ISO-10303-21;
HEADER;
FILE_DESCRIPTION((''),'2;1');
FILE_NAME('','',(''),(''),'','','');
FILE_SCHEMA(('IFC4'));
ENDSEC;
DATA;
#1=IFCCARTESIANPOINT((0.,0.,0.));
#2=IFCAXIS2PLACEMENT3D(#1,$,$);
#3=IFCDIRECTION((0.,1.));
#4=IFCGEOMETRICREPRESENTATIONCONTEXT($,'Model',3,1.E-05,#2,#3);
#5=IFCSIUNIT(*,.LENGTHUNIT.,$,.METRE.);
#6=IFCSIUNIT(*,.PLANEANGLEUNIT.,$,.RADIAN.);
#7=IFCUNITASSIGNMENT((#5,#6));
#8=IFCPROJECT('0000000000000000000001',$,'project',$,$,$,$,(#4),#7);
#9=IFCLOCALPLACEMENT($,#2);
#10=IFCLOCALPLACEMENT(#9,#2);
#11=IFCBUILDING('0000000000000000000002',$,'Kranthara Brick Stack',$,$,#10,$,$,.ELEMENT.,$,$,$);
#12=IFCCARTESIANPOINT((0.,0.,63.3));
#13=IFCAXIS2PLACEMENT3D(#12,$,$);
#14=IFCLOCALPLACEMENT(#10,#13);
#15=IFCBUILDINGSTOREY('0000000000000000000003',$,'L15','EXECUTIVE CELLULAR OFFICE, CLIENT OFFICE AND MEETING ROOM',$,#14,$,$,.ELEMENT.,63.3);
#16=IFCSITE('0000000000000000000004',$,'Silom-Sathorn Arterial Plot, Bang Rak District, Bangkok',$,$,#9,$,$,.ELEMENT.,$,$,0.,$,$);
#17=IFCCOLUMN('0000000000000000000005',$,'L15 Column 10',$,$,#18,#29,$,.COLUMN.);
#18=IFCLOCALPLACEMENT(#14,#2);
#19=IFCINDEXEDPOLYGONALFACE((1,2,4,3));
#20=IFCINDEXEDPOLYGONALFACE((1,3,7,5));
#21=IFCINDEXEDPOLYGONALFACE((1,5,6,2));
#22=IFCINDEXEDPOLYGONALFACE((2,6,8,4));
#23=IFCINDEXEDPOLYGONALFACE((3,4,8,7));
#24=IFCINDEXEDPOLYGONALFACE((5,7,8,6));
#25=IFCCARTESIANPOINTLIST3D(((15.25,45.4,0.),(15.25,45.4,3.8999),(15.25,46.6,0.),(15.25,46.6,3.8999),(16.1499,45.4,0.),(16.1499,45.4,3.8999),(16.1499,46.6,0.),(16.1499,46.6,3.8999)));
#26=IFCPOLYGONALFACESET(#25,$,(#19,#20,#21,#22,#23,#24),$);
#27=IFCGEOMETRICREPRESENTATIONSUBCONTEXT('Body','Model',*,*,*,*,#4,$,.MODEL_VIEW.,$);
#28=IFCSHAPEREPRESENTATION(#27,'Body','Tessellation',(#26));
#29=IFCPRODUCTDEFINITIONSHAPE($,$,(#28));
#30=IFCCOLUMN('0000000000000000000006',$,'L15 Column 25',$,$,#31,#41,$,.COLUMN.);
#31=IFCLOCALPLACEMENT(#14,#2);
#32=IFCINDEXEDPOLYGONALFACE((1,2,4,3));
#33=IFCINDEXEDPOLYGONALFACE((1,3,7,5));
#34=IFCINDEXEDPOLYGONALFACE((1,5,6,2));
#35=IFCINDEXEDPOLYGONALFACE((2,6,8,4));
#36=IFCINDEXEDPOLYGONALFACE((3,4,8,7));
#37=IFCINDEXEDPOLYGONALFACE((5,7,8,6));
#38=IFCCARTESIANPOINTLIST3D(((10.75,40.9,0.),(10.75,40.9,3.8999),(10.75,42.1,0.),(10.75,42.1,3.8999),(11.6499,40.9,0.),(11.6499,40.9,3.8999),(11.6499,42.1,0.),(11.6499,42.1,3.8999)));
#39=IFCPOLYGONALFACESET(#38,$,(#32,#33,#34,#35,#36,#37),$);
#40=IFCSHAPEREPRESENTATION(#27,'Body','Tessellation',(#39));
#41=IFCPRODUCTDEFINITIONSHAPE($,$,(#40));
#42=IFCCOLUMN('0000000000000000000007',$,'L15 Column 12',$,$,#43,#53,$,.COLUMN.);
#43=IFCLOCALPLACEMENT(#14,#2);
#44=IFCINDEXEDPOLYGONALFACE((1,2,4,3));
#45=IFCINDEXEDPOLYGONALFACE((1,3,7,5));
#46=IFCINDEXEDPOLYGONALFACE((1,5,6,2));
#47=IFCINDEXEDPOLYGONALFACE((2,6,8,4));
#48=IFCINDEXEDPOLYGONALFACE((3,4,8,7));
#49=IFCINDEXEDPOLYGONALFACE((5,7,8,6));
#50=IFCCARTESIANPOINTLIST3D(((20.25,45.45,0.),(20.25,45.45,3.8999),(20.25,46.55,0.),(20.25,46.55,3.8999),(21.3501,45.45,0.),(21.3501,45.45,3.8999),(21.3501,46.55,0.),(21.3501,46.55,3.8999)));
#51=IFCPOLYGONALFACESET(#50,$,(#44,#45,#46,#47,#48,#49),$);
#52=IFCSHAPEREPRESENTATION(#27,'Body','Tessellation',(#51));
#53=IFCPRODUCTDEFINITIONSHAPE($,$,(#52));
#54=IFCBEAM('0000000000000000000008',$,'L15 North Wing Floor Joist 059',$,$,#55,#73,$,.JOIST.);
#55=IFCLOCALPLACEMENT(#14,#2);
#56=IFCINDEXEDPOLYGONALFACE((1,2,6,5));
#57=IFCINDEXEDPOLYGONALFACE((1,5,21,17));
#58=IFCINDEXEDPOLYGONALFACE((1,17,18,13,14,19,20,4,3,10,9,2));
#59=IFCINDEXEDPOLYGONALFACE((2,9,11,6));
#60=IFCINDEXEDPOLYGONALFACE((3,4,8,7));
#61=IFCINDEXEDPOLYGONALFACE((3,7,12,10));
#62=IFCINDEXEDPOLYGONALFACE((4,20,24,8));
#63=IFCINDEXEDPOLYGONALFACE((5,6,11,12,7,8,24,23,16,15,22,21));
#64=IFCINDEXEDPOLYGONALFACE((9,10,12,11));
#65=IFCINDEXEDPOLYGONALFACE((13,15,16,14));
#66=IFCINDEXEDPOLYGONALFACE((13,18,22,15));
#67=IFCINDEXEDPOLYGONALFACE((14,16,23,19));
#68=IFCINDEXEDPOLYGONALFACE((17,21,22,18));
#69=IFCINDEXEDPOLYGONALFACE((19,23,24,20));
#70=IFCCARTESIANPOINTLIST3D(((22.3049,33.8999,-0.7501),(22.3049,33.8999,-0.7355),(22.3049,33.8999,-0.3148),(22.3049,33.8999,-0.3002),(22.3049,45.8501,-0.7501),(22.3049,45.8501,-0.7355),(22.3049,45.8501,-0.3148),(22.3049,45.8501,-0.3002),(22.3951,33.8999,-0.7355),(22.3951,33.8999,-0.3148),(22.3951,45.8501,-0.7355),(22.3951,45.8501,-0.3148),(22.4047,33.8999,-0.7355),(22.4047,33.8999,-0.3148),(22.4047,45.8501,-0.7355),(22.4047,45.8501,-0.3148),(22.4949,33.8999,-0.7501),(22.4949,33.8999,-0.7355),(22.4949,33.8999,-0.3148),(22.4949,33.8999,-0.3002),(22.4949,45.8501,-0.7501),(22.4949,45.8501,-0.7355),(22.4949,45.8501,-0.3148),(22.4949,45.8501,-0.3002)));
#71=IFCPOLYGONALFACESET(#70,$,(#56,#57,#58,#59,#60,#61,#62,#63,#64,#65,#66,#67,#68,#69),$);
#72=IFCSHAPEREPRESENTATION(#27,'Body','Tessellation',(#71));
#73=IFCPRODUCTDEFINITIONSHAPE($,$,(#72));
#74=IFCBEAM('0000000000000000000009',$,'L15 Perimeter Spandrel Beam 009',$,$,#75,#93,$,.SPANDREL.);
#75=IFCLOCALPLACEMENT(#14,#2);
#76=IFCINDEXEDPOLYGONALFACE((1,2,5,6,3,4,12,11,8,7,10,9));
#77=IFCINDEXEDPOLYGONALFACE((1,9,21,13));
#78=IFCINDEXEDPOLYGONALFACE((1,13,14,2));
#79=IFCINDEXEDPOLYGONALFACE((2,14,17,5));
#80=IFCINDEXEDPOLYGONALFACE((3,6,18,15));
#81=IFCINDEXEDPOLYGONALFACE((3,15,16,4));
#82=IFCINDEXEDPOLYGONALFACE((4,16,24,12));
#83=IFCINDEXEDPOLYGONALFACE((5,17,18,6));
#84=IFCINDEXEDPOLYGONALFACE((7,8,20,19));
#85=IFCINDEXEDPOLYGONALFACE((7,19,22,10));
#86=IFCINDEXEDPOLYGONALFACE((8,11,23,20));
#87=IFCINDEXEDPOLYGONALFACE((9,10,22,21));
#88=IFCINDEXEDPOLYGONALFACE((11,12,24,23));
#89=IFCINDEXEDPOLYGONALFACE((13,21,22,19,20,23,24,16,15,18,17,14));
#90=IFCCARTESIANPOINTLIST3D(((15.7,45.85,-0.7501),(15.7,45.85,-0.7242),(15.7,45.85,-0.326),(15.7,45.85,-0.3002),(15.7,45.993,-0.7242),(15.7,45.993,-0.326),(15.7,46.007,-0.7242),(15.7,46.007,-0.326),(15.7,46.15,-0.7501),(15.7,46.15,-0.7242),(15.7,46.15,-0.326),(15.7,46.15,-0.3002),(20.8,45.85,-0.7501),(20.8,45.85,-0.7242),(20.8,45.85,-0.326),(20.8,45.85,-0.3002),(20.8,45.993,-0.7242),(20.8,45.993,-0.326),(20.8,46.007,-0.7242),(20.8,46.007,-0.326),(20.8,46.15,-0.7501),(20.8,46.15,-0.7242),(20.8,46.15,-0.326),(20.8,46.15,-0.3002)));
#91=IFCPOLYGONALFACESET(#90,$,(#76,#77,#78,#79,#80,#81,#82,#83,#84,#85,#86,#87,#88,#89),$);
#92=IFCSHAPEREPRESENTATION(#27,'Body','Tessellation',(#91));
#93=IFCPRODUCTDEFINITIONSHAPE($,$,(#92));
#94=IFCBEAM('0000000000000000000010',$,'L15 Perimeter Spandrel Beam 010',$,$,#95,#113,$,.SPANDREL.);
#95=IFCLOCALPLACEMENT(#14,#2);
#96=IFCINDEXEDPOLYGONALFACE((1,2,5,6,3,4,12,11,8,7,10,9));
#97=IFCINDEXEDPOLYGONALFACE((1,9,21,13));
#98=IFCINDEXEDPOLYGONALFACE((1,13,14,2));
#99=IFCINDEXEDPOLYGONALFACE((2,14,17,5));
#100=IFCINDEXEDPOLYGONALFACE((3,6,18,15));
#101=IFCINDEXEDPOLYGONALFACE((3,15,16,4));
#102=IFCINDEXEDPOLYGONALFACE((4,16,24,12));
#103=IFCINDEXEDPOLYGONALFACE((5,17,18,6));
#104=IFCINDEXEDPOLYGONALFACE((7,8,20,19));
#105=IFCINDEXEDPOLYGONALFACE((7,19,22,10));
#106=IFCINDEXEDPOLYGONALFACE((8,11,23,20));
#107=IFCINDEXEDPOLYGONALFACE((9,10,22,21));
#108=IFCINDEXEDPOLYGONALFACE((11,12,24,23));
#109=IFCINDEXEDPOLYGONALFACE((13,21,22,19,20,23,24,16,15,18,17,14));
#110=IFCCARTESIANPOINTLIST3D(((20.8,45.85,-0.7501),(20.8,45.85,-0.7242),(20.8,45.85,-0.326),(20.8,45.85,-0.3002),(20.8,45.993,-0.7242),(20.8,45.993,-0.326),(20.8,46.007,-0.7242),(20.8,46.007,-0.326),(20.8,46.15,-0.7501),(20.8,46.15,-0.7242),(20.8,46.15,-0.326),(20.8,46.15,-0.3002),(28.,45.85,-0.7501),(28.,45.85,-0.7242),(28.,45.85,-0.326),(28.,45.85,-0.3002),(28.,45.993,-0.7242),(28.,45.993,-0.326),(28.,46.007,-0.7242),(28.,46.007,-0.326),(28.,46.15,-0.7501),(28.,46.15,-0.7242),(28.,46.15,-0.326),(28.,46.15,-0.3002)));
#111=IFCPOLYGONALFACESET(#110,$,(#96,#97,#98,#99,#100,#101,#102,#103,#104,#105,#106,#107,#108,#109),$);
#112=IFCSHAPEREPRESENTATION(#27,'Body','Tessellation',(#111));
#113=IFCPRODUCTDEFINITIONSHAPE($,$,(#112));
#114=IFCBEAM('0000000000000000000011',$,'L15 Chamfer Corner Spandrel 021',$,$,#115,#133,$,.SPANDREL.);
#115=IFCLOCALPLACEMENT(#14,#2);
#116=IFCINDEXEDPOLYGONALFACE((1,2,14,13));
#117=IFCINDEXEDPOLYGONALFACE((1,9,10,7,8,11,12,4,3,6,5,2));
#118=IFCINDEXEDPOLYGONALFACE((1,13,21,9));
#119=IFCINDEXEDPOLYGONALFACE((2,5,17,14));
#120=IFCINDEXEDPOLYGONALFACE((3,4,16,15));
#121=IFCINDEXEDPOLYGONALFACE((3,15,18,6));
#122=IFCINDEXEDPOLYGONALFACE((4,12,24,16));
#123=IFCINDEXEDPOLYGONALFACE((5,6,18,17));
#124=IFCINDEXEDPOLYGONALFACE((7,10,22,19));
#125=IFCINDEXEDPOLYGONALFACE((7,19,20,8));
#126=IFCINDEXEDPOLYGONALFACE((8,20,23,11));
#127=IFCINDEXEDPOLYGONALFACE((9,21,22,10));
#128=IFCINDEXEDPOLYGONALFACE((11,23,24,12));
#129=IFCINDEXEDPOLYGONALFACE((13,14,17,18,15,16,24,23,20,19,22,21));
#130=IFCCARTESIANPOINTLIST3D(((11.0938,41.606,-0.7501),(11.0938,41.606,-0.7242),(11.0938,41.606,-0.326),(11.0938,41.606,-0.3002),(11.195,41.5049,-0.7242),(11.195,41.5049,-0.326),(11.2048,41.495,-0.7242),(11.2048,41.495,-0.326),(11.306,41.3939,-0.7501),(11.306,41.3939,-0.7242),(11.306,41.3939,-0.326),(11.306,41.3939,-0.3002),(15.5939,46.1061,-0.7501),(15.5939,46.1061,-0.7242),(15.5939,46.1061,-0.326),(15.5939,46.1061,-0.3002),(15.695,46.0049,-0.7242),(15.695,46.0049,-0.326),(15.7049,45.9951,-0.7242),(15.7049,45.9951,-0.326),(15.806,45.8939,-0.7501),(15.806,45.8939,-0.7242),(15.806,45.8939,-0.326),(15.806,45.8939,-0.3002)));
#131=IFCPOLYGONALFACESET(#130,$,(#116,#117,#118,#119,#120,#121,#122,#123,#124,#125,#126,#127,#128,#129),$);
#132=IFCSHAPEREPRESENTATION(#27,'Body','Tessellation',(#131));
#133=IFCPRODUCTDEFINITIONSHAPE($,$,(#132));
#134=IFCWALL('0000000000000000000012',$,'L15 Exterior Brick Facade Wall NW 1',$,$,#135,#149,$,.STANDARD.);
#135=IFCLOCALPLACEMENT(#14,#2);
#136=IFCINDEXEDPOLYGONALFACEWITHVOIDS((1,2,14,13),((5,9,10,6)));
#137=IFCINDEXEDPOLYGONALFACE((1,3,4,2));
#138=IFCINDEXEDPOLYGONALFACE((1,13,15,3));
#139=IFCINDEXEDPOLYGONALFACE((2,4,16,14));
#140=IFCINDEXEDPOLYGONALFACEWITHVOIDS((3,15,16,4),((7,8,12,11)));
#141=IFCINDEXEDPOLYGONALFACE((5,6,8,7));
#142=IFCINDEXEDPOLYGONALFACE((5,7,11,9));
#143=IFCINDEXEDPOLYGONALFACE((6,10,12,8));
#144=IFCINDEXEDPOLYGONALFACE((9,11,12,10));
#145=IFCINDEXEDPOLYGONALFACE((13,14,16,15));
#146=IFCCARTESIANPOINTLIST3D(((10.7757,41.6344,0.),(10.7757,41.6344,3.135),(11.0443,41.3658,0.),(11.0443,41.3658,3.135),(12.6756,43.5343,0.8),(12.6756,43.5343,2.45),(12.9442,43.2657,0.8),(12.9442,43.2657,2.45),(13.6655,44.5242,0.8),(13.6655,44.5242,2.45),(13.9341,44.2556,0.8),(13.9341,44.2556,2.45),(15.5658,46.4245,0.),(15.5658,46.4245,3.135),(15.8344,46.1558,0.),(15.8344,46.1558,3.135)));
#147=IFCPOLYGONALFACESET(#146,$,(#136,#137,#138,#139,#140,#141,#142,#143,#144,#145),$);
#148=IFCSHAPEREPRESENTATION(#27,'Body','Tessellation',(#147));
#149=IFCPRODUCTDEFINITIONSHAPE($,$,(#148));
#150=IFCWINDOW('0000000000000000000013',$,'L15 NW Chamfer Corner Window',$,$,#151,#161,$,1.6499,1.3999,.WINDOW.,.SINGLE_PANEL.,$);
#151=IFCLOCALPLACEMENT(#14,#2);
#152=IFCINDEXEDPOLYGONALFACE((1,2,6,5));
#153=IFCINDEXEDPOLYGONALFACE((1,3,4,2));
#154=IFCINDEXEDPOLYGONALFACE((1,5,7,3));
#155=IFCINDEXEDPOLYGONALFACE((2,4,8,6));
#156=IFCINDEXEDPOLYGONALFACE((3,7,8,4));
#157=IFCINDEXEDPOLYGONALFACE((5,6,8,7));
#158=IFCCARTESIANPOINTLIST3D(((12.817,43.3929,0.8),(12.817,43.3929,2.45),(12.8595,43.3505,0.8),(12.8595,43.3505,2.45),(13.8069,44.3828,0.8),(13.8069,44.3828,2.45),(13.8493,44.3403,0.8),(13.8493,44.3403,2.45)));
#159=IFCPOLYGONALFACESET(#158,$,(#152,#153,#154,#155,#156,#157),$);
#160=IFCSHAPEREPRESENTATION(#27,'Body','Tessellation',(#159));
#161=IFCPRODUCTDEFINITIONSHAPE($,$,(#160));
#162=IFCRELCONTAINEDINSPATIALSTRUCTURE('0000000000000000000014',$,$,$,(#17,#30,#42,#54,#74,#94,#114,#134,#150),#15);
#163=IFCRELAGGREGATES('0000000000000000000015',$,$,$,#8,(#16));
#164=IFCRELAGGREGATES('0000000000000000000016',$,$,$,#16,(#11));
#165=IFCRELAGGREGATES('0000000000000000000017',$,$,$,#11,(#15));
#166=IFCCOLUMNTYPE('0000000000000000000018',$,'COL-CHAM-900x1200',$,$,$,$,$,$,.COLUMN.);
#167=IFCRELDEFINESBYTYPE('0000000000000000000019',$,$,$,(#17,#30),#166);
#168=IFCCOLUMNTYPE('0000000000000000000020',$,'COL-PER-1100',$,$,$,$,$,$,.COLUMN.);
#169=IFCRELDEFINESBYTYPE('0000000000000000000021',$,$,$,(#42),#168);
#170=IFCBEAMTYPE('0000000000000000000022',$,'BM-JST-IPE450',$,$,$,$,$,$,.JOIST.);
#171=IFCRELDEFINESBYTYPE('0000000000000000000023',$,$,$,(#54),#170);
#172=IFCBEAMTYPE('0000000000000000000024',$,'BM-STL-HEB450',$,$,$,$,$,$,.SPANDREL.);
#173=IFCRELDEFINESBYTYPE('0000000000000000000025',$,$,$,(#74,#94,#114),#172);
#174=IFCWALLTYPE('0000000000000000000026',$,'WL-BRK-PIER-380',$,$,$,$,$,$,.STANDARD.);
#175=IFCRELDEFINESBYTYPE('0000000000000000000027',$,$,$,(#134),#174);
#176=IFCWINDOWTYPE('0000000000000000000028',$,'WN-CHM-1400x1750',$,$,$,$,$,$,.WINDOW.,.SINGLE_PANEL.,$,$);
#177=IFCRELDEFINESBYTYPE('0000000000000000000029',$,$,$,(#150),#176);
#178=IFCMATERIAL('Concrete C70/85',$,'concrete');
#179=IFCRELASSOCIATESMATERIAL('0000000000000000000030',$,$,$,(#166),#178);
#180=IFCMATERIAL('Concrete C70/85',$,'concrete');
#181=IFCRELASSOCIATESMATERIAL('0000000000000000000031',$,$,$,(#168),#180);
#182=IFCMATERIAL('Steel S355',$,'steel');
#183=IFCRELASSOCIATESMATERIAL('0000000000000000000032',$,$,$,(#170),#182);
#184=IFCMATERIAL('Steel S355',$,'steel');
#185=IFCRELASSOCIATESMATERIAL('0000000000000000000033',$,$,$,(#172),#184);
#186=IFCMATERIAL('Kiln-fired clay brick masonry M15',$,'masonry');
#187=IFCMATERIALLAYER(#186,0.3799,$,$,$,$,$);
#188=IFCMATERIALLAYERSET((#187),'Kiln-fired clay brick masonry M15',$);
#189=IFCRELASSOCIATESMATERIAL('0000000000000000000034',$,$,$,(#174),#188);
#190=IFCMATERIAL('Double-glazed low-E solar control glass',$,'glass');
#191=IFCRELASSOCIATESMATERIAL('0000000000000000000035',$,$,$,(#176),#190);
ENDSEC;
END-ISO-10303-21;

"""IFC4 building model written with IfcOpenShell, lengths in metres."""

from ifc_helpers import new_model, si_unit, direction, frame, frame_2d, origin, origin_2d, place, context, subcontext, project, spatial, rectangle, i_section, extrude, material, layer, layer_set, material_profile, profile_set, type_object, element, fill, save


model = new_model("IFC4")

# Units and contexts
model_context = context("Model", 3, precision=1e-05, world=origin(), true_north=direction((0.0, 1.0)))
body_context = subcontext(model_context, "Body", "Model", "MODEL_VIEW")
ifc_project = project(units=[si_unit("LENGTHUNIT", "METRE"), si_unit("PLANEANGLEUNIT", "RADIAN")], contexts=[model_context])

# Site, building, storey
site_placement = place(None, origin())
site = spatial("IfcSite", under=ifc_project, at=site_placement, Name="Silom-Sathorn Arterial Plot, Bang Rak District, Bangkok", CompositionType="ELEMENT", RefElevation=0.0)
building_placement = place(site_placement, origin())
building = spatial("IfcBuilding", under=site, at=building_placement, Name="Kranthara Brick Stack", CompositionType="ELEMENT")
storey_placement = place(building_placement, frame((0.0, 0.0, 63.3)))
storey = spatial("IfcBuildingStorey", under=building, at=storey_placement, Name="L15", Description="EXECUTIVE CELLULAR OFFICE, CLIENT OFFICE AND MEETING ROOM", CompositionType="ELEMENT", Elevation=63.3)

# Columns
ifc_material_1 = material(Name="Concrete C70/85", Category="concrete")
ifc_material_profile_1 = material_profile(ifc_material_1, rectangle(XDim=0.8999, YDim=1.2, at=origin_2d()), Name="RC 900x1200")
ifc_profile_set_1 = profile_set([ifc_material_profile_1], Name="Concrete C70/85")
column_type_1 = type_object("IfcColumnType", Name="COL-CHAM-900x1200", PredefinedType="COLUMN", material=ifc_profile_set_1)
for number, where, z_axis, x_axis, name in (
    (1, (15.7, 46.0, 0.0), (0.0, 0.0, 1.0), (1.0, 0.0, 0.0), "L15 Column 10"),
    (2, (11.2, 41.5, 0.0), (0.0, 0.0, 1.0), (1.0, 0.0, 0.0), "L15 Column 25"),
):
    element("IfcColumn", number, at=place(storey_placement, frame(where, z_axis=z_axis, x_axis=x_axis)), inside=storey, type_object=column_type_1, Name=name, PredefinedType="COLUMN", context=body_context, shape_type="SweptSolid", body=[
        extrude(rectangle(XDim=0.8999, YDim=1.2, at=origin_2d()), origin(), (0.0, 0.0, 1.0), 3.8999),
    ])
ifc_material_2 = material(Name="Concrete C70/85", Category="concrete")
ifc_material_profile_2 = material_profile(ifc_material_2, rectangle(XDim=1.1001, YDim=1.1001, at=origin_2d()), Name="RC 1100x1100")
ifc_profile_set_2 = profile_set([ifc_material_profile_2], Name="Concrete C70/85")
column_type_2 = type_object("IfcColumnType", Name="COL-PER-1100", PredefinedType="COLUMN", material=ifc_profile_set_2)
column_placement = place(storey_placement, frame((20.8, 46.0, 0.0), z_axis=(0.0, 0.0, 1.0), x_axis=(1.0, 0.0, 0.0)))
element("IfcColumn", 3, at=column_placement, inside=storey, type_object=column_type_2, Name="L15 Column 12", PredefinedType="COLUMN", context=body_context, shape_type="SweptSolid", body=[
    extrude(rectangle(XDim=1.1001, YDim=1.1001, at=origin_2d()), origin(), (0.0, 0.0, 1.0), 3.8999),
])

# Beams
ifc_material_3 = material(Name="Steel S355", Category="steel")
ifc_material_profile_3 = material_profile(ifc_material_3, i_section(OverallWidth=0.1899, OverallDepth=0.45, WebThickness=0.0095, FlangeThickness=0.0146, at=origin_2d()), Name="IPE 450")
ifc_profile_set_3 = profile_set([ifc_material_profile_3], Name="Steel S355")
beam_type_1 = type_object("IfcBeamType", Name="BM-JST-IPE450", PredefinedType="JOIST", material=ifc_profile_set_3)
beam_1_placement = place(storey_placement, frame((22.3999, 33.8999, -0.5251), z_axis=(0.0, 1.0, 0.0), x_axis=(-1.0, 0.0, 0.0)))
element("IfcBeam", 4, at=beam_1_placement, inside=storey, type_object=beam_type_1, Name="L15 North Wing Floor Joist 059", PredefinedType="JOIST", context=body_context, shape_type="SweptSolid", body=[
    extrude(i_section(OverallWidth=0.1899, OverallDepth=0.45, WebThickness=0.0095, FlangeThickness=0.0146, at=origin_2d()), origin(), (0.0, 0.0, 1.0), 11.9502),
])
ifc_material_4 = material(Name="Steel S355", Category="steel")
ifc_material_profile_4 = material_profile(ifc_material_4, i_section(OverallWidth=0.3, OverallDepth=0.45, WebThickness=0.0139, FlangeThickness=0.0259, at=origin_2d()), Name="HEB 450")
ifc_profile_set_4 = profile_set([ifc_material_profile_4], Name="Steel S355")
beam_type_2 = type_object("IfcBeamType", Name="BM-STL-HEB450", PredefinedType="SPANDREL", material=ifc_profile_set_4)
beam_2_placement = place(storey_placement, frame((15.7, 46.0, -0.5251), z_axis=(1.0, 0.0, 0.0), x_axis=(0.0, 1.0, 0.0)))
element("IfcBeam", 5, at=beam_2_placement, inside=storey, type_object=beam_type_2, Name="L15 Perimeter Spandrel Beam 009", PredefinedType="SPANDREL", context=body_context, shape_type="SweptSolid", body=[
    extrude(i_section(OverallWidth=0.3, OverallDepth=0.45, WebThickness=0.0139, FlangeThickness=0.0259, at=origin_2d()), origin(), (0.0, 0.0, 1.0), 5.1001),
])
beam_3_placement = place(storey_placement, frame((20.8, 46.0, -0.5251), z_axis=(1.0, 0.0, 0.0), x_axis=(0.0, 1.0, 0.0)))
element("IfcBeam", 6, at=beam_3_placement, inside=storey, type_object=beam_type_2, Name="L15 Perimeter Spandrel Beam 010", PredefinedType="SPANDREL", context=body_context, shape_type="SweptSolid", body=[
    extrude(i_section(OverallWidth=0.3, OverallDepth=0.45, WebThickness=0.0139, FlangeThickness=0.0259, at=origin_2d()), origin(), (0.0, 0.0, 1.0), 7.2),
])
beam_4_placement = place(storey_placement, frame((15.7, 46.0, -0.5251), z_axis=(-0.707107, -0.707107, 0.0), x_axis=(0.707107, -0.707107, 0.0)))
element("IfcBeam", 7, at=beam_4_placement, inside=storey, type_object=beam_type_2, Name="L15 Chamfer Corner Spandrel 021", PredefinedType="SPANDREL", context=body_context, shape_type="SweptSolid", body=[
    extrude(i_section(OverallWidth=0.3, OverallDepth=0.45, WebThickness=0.0139, FlangeThickness=0.0259, at=origin_2d()), origin(), (0.0, 0.0, 1.0), 6.364),
])

# Wall, opening, window
ifc_material_5 = material(Name="Kiln-fired clay brick masonry M15", Category="masonry")
ifc_layer_1 = layer(ifc_material_5, 0.3799)
ifc_layer_set_1 = layer_set([ifc_layer_1], Name="Kiln-fired clay brick masonry M15")
wall_type_1 = type_object("IfcWallType", Name="WL-BRK-PIER-380", PredefinedType="STANDARD", material=ifc_layer_set_1)
wall_1_placement = place(storey_placement, frame((10.9099, 41.5, 0.0), z_axis=(0.0, 0.0, 1.0), x_axis=(0.707107, 0.707107, 0.0)))
wall_1 = element("IfcWall", 8, at=wall_1_placement, inside=storey, type_object=wall_type_1, Name="L15 Exterior Brick Facade Wall NW 1", PredefinedType="STANDARD", context=body_context, shape_type="SweptSolid", body=[
    extrude(rectangle(XDim=6.7742, YDim=0.3799, at=frame_2d((3.3872, 0.0))), origin(), (0.0, 0.0, 1.0), 3.135),
])
opening_1_placement = place(wall_1_placement, frame((2.687, 0.0, 0.8)))
opening_1 = element("IfcOpeningElement", 9, at=opening_1_placement, cuts=wall_1, PredefinedType="OPENING", context=body_context, shape_type="SweptSolid", body=[
    extrude(rectangle(XDim=1.3999, YDim=1.6499, at=frame_2d((0.7, 0.825))), frame((0.0, 0.2, 0.0), z_axis=(0.0, -1.0, 0.0), x_axis=(1.0, 0.0, 0.0)), (0.0, 0.0, 1.0), 0.3999),
])
ifc_material_6 = material(Name="Double-glazed low-E solar control glass", Category="glass")
window_type_1 = type_object("IfcWindowType", Name="WN-CHM-1400x1750", PartitioningType="SINGLE_PANEL", PredefinedType="WINDOW", material=ifc_material_6)
window_1_placement = place(opening_1_placement, origin())
window_1 = element("IfcWindow", 10, at=window_1_placement, inside=storey, type_object=window_type_1, Name="L15 NW Chamfer Corner Window", OverallHeight=1.6499, OverallWidth=1.3999, PartitioningType="SINGLE_PANEL", PredefinedType="WINDOW", context=body_context, shape_type="SweptSolid", body=[
    extrude(rectangle(XDim=1.3999, YDim=1.6499, at=frame_2d((0.7, 0.825))), frame((0.0, -0.01, 0.0), z_axis=(0.0, -1.0, 0.0), x_axis=(1.0, 0.0, 0.0)), (0.0, 0.0, 1.0), 0.0601),
])
fill(opening_1, window_1)

save(model, "model.ifc")
